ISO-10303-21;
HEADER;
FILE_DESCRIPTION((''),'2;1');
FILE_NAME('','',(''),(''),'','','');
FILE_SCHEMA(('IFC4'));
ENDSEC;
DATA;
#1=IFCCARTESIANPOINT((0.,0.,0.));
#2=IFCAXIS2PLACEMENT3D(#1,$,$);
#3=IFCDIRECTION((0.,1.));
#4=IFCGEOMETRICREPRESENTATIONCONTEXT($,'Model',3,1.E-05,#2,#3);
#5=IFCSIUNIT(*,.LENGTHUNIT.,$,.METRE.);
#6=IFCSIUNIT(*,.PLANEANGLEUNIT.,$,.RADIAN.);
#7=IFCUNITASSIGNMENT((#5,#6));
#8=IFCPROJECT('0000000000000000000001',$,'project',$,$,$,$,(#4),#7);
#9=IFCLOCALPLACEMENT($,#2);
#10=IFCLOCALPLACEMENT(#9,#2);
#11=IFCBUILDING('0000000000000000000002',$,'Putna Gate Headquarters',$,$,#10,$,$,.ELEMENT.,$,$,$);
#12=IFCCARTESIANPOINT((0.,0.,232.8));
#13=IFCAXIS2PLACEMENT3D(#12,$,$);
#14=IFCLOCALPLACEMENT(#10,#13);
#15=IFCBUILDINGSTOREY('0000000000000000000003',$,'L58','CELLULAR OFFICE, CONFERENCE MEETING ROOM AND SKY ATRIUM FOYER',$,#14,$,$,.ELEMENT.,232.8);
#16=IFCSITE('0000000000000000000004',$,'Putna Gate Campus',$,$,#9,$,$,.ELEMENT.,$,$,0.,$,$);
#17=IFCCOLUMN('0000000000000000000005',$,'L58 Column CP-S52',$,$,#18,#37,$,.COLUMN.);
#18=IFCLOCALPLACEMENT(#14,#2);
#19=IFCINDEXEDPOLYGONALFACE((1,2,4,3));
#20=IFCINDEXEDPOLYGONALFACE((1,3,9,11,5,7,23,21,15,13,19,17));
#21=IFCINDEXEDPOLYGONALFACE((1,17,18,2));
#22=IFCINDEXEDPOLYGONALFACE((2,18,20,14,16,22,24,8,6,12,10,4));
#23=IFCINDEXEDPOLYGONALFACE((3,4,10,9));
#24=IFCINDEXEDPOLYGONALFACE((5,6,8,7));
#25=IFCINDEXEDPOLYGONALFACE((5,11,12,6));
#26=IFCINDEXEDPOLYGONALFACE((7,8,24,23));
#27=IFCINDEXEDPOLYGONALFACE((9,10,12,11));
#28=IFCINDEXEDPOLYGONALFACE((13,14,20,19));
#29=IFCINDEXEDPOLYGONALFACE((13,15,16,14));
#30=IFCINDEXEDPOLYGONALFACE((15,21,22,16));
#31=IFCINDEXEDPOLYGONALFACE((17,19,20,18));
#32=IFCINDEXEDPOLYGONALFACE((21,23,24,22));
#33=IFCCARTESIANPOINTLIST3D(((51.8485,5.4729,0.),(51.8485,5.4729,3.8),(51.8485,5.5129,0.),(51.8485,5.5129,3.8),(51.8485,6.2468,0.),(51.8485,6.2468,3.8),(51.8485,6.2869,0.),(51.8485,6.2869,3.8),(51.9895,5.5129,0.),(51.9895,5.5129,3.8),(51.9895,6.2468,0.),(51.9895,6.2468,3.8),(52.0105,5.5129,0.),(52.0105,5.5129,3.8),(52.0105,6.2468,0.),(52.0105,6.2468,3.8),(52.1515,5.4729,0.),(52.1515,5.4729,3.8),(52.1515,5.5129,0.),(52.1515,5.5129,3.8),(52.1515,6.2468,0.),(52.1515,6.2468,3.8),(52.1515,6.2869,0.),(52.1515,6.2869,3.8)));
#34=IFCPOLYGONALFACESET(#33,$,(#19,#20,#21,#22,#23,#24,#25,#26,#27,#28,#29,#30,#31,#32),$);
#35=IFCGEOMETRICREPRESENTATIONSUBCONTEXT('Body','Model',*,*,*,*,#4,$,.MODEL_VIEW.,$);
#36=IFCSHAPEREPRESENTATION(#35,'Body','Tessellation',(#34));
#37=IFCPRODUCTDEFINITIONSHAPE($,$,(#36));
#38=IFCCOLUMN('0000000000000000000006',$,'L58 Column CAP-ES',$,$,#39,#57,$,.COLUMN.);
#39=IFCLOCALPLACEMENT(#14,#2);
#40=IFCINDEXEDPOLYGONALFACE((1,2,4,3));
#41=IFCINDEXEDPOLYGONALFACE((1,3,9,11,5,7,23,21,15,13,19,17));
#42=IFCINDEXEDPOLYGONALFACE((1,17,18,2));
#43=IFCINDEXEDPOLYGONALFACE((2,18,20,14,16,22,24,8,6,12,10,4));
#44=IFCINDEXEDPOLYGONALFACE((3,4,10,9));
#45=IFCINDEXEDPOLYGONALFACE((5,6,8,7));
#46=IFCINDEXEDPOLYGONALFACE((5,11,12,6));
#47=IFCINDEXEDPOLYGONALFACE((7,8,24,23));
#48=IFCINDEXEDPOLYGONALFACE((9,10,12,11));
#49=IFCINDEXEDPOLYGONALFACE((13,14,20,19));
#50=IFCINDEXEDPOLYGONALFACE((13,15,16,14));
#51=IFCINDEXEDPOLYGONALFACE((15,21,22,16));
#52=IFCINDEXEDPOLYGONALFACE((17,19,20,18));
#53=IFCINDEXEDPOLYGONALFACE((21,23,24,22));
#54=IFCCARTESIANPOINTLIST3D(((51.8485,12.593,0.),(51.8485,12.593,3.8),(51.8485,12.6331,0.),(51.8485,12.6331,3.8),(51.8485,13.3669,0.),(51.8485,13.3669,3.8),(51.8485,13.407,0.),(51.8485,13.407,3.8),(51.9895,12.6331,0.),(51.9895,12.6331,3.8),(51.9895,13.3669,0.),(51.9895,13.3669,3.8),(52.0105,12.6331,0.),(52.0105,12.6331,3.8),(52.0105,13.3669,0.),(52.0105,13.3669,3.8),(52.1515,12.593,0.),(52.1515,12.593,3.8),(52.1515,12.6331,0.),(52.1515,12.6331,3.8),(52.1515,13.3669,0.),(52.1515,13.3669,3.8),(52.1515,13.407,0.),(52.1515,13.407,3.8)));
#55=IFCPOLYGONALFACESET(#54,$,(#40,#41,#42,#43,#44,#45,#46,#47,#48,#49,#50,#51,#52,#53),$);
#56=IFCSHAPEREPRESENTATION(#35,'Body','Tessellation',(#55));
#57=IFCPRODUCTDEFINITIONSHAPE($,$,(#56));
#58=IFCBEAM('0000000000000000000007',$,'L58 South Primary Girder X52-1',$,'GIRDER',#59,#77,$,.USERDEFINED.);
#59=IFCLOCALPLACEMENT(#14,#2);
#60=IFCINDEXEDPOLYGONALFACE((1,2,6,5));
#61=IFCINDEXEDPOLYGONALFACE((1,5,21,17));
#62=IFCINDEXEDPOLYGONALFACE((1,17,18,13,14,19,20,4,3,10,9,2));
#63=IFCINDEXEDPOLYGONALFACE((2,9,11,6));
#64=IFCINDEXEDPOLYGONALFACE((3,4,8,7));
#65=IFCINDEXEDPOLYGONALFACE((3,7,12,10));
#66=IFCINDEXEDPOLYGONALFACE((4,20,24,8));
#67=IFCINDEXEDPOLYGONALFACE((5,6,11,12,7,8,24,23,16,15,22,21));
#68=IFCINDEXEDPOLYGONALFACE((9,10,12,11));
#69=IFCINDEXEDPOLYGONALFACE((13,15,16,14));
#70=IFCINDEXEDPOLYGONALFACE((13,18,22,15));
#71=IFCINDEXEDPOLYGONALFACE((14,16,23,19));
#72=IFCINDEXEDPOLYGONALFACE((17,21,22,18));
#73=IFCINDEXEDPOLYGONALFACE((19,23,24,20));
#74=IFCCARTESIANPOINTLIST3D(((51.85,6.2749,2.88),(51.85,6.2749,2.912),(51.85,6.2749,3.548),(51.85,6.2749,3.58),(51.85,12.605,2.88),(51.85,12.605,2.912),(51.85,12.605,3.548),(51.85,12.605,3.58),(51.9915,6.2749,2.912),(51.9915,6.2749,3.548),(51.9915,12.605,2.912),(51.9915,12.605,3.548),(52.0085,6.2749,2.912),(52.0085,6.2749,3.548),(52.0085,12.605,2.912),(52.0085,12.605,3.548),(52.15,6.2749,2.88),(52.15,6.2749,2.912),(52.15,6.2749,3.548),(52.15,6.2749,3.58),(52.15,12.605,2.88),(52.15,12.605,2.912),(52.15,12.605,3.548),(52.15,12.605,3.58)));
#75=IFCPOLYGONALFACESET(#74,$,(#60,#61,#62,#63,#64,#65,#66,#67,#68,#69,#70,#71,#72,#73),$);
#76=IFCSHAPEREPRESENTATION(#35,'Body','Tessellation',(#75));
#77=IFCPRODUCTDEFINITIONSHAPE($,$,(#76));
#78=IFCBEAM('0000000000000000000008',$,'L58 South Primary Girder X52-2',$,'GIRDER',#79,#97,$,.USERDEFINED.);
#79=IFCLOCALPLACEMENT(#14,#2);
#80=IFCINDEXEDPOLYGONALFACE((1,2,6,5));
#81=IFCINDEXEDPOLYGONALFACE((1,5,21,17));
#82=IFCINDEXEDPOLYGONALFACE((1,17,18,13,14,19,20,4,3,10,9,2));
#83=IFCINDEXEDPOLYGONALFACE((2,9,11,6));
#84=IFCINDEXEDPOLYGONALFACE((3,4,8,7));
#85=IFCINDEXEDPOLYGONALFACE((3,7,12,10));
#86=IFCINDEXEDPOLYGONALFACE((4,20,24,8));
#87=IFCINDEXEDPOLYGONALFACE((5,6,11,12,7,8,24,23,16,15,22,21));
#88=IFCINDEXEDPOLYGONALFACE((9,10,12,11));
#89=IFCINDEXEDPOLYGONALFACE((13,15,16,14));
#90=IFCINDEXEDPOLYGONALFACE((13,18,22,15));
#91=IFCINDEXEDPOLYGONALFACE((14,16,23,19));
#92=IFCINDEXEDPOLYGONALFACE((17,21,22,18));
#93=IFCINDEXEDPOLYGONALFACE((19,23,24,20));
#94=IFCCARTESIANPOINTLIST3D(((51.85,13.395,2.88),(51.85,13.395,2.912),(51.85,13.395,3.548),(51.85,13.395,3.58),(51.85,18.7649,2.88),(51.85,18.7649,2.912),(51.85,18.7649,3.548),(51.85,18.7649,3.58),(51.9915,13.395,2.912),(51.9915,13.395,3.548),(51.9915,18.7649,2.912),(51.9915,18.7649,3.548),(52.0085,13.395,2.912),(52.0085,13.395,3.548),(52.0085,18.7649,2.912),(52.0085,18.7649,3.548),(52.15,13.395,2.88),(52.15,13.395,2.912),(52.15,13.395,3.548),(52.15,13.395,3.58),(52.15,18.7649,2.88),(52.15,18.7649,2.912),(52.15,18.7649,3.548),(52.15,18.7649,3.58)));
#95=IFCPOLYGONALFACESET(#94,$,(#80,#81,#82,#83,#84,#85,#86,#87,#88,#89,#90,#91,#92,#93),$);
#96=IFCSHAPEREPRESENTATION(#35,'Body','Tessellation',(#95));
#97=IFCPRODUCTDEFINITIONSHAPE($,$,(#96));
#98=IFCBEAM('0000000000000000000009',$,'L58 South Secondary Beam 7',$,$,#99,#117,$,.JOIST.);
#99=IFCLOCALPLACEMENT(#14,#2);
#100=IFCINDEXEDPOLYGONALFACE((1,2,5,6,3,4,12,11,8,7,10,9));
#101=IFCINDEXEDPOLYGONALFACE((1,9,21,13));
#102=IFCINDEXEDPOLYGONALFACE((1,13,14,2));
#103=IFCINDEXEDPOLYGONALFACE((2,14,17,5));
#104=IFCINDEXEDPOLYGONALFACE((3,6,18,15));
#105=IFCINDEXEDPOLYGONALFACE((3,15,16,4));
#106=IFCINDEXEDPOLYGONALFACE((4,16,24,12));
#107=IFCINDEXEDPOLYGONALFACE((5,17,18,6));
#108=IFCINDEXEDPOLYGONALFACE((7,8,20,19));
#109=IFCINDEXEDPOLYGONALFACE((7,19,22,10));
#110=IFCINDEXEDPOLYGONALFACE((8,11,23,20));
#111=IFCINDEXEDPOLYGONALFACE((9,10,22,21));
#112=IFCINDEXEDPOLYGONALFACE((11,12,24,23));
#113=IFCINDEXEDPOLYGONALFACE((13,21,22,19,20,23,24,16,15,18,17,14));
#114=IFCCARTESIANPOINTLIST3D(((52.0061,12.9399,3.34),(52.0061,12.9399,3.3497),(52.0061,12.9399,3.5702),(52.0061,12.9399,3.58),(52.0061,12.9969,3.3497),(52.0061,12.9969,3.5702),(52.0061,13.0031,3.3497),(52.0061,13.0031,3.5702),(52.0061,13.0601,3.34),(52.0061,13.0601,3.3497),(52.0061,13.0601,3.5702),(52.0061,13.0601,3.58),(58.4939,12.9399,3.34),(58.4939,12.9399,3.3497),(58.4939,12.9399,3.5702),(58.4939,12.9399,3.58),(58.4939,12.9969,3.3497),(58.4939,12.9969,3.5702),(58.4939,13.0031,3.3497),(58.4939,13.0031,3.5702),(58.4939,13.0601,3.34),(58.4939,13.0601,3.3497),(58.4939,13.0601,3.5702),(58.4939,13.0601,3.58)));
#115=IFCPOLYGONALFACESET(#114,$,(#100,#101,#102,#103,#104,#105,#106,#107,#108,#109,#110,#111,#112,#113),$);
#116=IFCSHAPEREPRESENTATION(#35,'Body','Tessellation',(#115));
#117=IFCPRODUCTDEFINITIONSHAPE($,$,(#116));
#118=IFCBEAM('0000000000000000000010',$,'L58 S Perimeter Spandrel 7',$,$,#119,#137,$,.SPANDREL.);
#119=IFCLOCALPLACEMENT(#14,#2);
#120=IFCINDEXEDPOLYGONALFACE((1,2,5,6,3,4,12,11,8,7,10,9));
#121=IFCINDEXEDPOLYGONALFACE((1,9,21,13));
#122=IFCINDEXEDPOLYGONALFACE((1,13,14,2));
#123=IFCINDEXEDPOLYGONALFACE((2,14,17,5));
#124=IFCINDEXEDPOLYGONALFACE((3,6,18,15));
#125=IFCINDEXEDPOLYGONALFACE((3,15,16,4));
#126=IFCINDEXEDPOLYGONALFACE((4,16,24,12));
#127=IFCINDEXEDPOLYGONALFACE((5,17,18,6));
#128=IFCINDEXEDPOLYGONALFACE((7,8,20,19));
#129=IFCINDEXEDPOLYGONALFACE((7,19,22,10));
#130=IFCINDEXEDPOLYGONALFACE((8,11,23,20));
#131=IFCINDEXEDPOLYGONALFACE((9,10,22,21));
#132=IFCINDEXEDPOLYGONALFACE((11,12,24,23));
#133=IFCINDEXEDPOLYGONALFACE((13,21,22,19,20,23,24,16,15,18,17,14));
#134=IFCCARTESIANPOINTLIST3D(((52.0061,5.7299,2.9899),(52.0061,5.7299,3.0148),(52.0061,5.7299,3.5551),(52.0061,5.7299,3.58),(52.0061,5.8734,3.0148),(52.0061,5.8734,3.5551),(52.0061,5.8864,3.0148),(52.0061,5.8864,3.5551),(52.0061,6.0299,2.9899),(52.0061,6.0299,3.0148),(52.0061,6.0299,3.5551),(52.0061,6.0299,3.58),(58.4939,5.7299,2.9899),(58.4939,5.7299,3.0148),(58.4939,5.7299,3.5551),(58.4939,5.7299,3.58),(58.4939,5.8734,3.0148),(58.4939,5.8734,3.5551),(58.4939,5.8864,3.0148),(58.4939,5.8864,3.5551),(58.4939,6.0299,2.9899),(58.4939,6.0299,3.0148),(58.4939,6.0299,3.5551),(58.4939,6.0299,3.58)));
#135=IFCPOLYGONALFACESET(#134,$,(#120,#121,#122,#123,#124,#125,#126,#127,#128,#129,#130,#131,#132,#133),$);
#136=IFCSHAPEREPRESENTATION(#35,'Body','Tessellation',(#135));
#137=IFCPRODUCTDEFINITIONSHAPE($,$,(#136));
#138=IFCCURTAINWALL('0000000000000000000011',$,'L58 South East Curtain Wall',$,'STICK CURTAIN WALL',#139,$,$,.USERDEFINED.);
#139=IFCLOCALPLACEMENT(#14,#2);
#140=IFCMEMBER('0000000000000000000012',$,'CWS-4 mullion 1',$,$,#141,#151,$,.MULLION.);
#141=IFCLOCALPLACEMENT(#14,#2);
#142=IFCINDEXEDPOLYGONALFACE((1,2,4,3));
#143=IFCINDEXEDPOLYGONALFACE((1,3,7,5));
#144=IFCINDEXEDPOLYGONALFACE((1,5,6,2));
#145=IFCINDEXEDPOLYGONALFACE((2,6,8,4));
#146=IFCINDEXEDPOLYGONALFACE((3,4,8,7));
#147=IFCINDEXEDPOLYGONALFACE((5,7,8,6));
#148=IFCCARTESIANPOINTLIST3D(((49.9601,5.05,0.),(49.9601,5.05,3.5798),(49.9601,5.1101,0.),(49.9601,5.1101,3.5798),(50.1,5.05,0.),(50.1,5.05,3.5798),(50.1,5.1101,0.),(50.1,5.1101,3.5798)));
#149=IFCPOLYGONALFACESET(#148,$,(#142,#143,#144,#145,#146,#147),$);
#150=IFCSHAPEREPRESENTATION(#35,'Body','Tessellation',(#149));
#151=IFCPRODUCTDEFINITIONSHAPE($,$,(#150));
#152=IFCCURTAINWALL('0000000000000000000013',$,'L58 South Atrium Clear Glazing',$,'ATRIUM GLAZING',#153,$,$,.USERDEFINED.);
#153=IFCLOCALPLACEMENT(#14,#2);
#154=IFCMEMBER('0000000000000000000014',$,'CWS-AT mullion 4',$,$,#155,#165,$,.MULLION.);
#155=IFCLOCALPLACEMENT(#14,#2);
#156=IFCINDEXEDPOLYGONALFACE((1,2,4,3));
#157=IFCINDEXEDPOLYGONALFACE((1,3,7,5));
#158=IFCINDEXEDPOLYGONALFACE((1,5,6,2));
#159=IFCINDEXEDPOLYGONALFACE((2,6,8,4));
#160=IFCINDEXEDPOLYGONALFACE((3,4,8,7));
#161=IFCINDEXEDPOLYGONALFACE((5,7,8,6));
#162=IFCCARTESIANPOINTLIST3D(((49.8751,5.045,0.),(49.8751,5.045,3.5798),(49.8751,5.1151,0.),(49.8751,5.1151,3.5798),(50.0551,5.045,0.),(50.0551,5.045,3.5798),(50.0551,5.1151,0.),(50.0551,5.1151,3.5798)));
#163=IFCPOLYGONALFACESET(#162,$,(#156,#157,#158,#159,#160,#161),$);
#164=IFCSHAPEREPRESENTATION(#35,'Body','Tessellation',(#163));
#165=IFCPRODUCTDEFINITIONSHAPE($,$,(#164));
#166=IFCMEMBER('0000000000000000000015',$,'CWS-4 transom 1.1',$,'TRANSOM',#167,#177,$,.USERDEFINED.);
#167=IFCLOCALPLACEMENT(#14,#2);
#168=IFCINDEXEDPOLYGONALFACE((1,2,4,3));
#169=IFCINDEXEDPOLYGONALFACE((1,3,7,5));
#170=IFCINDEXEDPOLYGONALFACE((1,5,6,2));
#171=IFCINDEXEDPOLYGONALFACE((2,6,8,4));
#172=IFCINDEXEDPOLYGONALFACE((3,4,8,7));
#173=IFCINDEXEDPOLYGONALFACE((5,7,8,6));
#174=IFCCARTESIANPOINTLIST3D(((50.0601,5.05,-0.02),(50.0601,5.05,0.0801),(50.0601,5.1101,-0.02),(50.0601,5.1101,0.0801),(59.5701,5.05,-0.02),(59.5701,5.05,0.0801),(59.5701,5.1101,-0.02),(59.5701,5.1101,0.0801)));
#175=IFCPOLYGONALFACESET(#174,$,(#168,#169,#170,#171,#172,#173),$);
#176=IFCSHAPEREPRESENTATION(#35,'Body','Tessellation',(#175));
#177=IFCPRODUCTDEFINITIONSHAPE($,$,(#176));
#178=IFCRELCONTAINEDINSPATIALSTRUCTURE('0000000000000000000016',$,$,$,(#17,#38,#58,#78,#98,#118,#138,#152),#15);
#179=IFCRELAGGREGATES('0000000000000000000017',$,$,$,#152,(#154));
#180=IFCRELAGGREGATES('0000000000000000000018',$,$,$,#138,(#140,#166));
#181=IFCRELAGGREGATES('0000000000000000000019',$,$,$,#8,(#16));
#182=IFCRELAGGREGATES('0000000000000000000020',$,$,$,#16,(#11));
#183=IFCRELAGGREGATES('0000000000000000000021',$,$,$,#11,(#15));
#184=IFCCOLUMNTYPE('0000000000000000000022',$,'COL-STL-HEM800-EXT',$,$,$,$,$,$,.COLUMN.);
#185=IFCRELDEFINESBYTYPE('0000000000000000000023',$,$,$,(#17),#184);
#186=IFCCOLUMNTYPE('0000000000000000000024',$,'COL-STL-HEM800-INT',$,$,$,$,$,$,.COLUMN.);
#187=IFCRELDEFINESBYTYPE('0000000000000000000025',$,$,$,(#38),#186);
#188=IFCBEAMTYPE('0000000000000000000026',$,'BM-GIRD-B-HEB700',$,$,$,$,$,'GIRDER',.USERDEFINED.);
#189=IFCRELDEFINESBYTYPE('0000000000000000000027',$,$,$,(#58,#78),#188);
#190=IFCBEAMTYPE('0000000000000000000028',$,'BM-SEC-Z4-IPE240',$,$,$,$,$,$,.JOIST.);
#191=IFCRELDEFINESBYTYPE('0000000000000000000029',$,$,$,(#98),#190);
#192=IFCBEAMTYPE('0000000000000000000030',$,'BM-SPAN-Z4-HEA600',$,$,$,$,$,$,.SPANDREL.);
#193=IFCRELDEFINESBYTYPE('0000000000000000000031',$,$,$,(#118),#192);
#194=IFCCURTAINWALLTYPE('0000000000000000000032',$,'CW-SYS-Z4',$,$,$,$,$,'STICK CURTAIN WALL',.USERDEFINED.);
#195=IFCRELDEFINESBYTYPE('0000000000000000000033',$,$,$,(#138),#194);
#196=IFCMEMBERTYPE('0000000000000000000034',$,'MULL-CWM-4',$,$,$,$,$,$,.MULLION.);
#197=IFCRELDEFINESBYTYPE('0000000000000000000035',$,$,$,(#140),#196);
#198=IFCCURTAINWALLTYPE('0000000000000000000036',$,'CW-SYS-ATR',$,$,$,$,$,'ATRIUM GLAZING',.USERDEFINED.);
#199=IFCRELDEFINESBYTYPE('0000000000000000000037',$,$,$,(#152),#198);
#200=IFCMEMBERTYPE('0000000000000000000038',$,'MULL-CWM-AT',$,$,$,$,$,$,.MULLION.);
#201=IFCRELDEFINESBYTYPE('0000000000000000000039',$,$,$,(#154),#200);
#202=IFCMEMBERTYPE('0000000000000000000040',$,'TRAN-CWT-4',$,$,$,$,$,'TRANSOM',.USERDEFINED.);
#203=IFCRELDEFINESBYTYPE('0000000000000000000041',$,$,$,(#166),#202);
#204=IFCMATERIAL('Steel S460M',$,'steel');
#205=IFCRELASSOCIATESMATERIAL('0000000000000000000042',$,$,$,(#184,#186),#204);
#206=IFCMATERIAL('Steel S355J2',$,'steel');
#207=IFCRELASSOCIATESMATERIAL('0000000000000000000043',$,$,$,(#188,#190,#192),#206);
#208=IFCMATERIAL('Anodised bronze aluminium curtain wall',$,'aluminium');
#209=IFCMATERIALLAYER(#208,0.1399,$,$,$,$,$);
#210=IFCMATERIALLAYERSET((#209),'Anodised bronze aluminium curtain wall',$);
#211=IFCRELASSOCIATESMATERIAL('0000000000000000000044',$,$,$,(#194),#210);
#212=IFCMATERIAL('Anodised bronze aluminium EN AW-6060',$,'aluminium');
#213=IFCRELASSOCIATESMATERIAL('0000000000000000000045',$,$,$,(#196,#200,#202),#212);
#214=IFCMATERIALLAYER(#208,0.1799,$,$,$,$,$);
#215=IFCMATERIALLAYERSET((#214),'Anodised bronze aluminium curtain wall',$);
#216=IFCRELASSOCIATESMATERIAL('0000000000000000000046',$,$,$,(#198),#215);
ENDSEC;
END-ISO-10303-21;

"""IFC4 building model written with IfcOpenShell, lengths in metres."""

from ifc_helpers import new_model, si_unit, direction, frame, origin, origin_2d, place, context, subcontext, project, spatial, rectangle, i_section, extrude, material, layer, layer_set, material_profile, profile_set, type_object, element, aggregate, save


model = new_model("IFC4")

# Units and contexts
model_context = context("Model", 3, precision=1e-05, world=origin(), true_north=direction((0.0, 1.0)))
body_context = subcontext(model_context, "Body", "Model", "MODEL_VIEW")
ifc_project = project(units=[si_unit("LENGTHUNIT", "METRE"), si_unit("PLANEANGLEUNIT", "RADIAN")], contexts=[model_context])

# Site, building, storey
site_placement = place(None, origin())
site = spatial("IfcSite", under=ifc_project, at=site_placement, Name="Putna Gate Campus", CompositionType="ELEMENT", RefElevation=0.0)
building_placement = place(site_placement, origin())
building = spatial("IfcBuilding", under=site, at=building_placement, Name="Putna Gate Headquarters", CompositionType="ELEMENT")
storey_placement = place(building_placement, frame((0.0, 0.0, 232.8)))
storey = spatial("IfcBuildingStorey", under=building, at=storey_placement, Name="L58", Description="CELLULAR OFFICE, CONFERENCE MEETING ROOM AND SKY ATRIUM FOYER", CompositionType="ELEMENT", Elevation=232.8)

# Columns
ifc_material_1 = material(Name="Steel S460M", Category="steel")
ifc_material_profile_1 = material_profile(ifc_material_1, i_section(OverallWidth=0.303, OverallDepth=0.814, WebThickness=0.021, FlangeThickness=0.04, at=origin_2d()), Name="Steel S460M")
ifc_profile_set_1 = profile_set([ifc_material_profile_1], Name="Steel S460M")
column_type_1 = type_object("IfcColumnType", Name="COL-STL-HEM800-EXT", PredefinedType="COLUMN", material=ifc_profile_set_1)
column_1_placement = place(storey_placement, frame((52.0, 5.8799, 0.0), z_axis=(0.0, 0.0, 1.0), x_axis=(1.0, 0.0, 0.0)))
element("IfcColumn", 1, at=column_1_placement, inside=storey, type_object=column_type_1, Name="L58 Column CP-S52", PredefinedType="COLUMN", context=body_context, shape_type="SweptSolid", body=[
    extrude(i_section(OverallWidth=0.303, OverallDepth=0.814, WebThickness=0.021, FlangeThickness=0.04, at=origin_2d()), origin(), (0.0, 0.0, 1.0), 3.8),
])
ifc_material_profile_2 = material_profile(ifc_material_1, i_section(OverallWidth=0.303, OverallDepth=0.814, WebThickness=0.021, FlangeThickness=0.04, at=origin_2d()), Name="Steel S460M")
ifc_profile_set_2 = profile_set([ifc_material_profile_2], Name="Steel S460M")
column_type_2 = type_object("IfcColumnType", Name="COL-STL-HEM800-INT", PredefinedType="COLUMN", material=ifc_profile_set_2)
column_2_placement = place(storey_placement, frame((52.0, 13.0, 0.0), z_axis=(0.0, 0.0, 1.0), x_axis=(1.0, 0.0, 0.0)))
element("IfcColumn", 2, at=column_2_placement, inside=storey, type_object=column_type_2, Name="L58 Column CAP-ES", PredefinedType="COLUMN", context=body_context, shape_type="SweptSolid", body=[
    extrude(i_section(OverallWidth=0.303, OverallDepth=0.814, WebThickness=0.021, FlangeThickness=0.04, at=origin_2d()), origin(), (0.0, 0.0, 1.0), 3.8),
])

# Beams
ifc_material_2 = material(Name="Steel S355J2", Category="steel")
ifc_material_profile_3 = material_profile(ifc_material_2, i_section(OverallWidth=0.3, OverallDepth=0.7, WebThickness=0.0171, FlangeThickness=0.032, at=origin_2d()), Name="Steel S355J2")
ifc_profile_set_3 = profile_set([ifc_material_profile_3], Name="Steel S355J2")
beam_type_1 = type_object("IfcBeamType", Name="BM-GIRD-B-HEB700", ElementType="GIRDER", PredefinedType="USERDEFINED", material=ifc_profile_set_3)
beam_1_placement = place(storey_placement, frame((52.0, 6.2749, 3.23), z_axis=(0.0, 1.0, 0.0), x_axis=(-1.0, 0.0, 0.0)))
element("IfcBeam", 3, at=beam_1_placement, inside=storey, type_object=beam_type_1, Name="L58 South Primary Girder X52-1", ObjectType="GIRDER", PredefinedType="USERDEFINED", context=body_context, shape_type="SweptSolid", body=[
    extrude(i_section(OverallWidth=0.3, OverallDepth=0.7, WebThickness=0.0171, FlangeThickness=0.032, at=origin_2d()), origin(), (0.0, 0.0, 1.0), 6.3301),
])
beam_2_placement = place(storey_placement, frame((52.0, 13.395, 3.23), z_axis=(0.0, 1.0, 0.0), x_axis=(-1.0, 0.0, 0.0)))
element("IfcBeam", 4, at=beam_2_placement, inside=storey, type_object=beam_type_1, Name="L58 South Primary Girder X52-2", ObjectType="GIRDER", PredefinedType="USERDEFINED", context=body_context, shape_type="SweptSolid", body=[
    extrude(i_section(OverallWidth=0.3, OverallDepth=0.7, WebThickness=0.0171, FlangeThickness=0.032, at=origin_2d()), origin(), (0.0, 0.0, 1.0), 5.3699),
])
ifc_material_profile_4 = material_profile(ifc_material_2, i_section(OverallWidth=0.1201, OverallDepth=0.24, WebThickness=0.0061, FlangeThickness=0.0098, at=origin_2d()), Name="Steel S355J2")
ifc_profile_set_4 = profile_set([ifc_material_profile_4], Name="Steel S355J2")
beam_type_2 = type_object("IfcBeamType", Name="BM-SEC-Z4-IPE240", PredefinedType="JOIST", material=ifc_profile_set_4)
beam_3_placement = place(storey_placement, frame((52.0061, 13.0, 3.46), z_axis=(1.0, 0.0, 0.0), x_axis=(0.0, 1.0, 0.0)))
element("IfcBeam", 5, at=beam_3_placement, inside=storey, type_object=beam_type_2, Name="L58 South Secondary Beam 7", PredefinedType="JOIST", context=body_context, shape_type="SweptSolid", body=[
    extrude(i_section(OverallWidth=0.1201, OverallDepth=0.24, WebThickness=0.0061, FlangeThickness=0.0098, at=origin_2d()), origin(), (0.0, 0.0, 1.0), 6.4878),
])
ifc_material_profile_5 = material_profile(ifc_material_2, i_section(OverallWidth=0.3, OverallDepth=0.5901, WebThickness=0.0129, FlangeThickness=0.0249, at=origin_2d()), Name="Steel S355J2")
ifc_profile_set_5 = profile_set([ifc_material_profile_5], Name="Steel S355J2")
beam_type_3 = type_object("IfcBeamType", Name="BM-SPAN-Z4-HEA600", PredefinedType="SPANDREL", material=ifc_profile_set_5)
beam_4_placement = place(storey_placement, frame((52.0061, 5.8799, 3.2849), z_axis=(1.0, 0.0, 0.0), x_axis=(0.0, 1.0, 0.0)))
element("IfcBeam", 6, at=beam_4_placement, inside=storey, type_object=beam_type_3, Name="L58 S Perimeter Spandrel 7", PredefinedType="SPANDREL", context=body_context, shape_type="SweptSolid", body=[
    extrude(i_section(OverallWidth=0.3, OverallDepth=0.5901, WebThickness=0.0129, FlangeThickness=0.0249, at=origin_2d()), origin(), (0.0, 0.0, 1.0), 6.4878),
])

# Curtain walls, members
ifc_material_3 = material(Name="Anodised bronze aluminium curtain wall", Category="aluminium")
ifc_layer_1 = layer(ifc_material_3, 0.1399)
ifc_layer_set_1 = layer_set([ifc_layer_1], Name="Anodised bronze aluminium curtain wall")
curtain_wall_type_1 = type_object("IfcCurtainWallType", Name="CW-SYS-Z4", ElementType="STICK CURTAIN WALL", PredefinedType="USERDEFINED", material=ifc_layer_set_1)
curtain_wall_1_placement = place(storey_placement, origin())
curtain_wall_1 = element("IfcCurtainWall", 7, at=curtain_wall_1_placement, inside=storey, type_object=curtain_wall_type_1, Name="L58 South East Curtain Wall", ObjectType="STICK CURTAIN WALL", PredefinedType="USERDEFINED")
ifc_material_4 = material(Name="Anodised bronze aluminium EN AW-6060", Category="aluminium")
ifc_material_profile_6 = material_profile(ifc_material_4, rectangle(XDim=0.0601, YDim=0.1399, at=origin_2d()), Name="Anodised bronze aluminium EN AW-6060")
ifc_profile_set_6 = profile_set([ifc_material_profile_6], Name="Anodised bronze aluminium EN AW-6060")
member_type_1 = type_object("IfcMemberType", Name="MULL-CWM-4", PredefinedType="MULLION", material=ifc_profile_set_6)
member_1_placement = place(storey_placement, frame((50.03, 5.0801, 0.0), z_axis=(0.0, 0.0, 1.0), x_axis=(0.0, 1.0, 0.0)))
member_1 = element("IfcMember", 8, at=member_1_placement, type_object=member_type_1, Name="CWS-4 mullion 1", PredefinedType="MULLION", context=body_context, shape_type="SweptSolid", body=[
    extrude(rectangle(XDim=0.0601, YDim=0.1399, at=origin_2d()), origin(), (0.0, 0.0, 1.0), 3.5798),
])
ifc_layer_2 = layer(ifc_material_3, 0.1799)
ifc_layer_set_2 = layer_set([ifc_layer_2], Name="Anodised bronze aluminium curtain wall")
curtain_wall_type_2 = type_object("IfcCurtainWallType", Name="CW-SYS-ATR", ElementType="ATRIUM GLAZING", PredefinedType="USERDEFINED", material=ifc_layer_set_2)
curtain_wall_2_placement = place(storey_placement, origin())
curtain_wall_2 = element("IfcCurtainWall", 9, at=curtain_wall_2_placement, inside=storey, type_object=curtain_wall_type_2, Name="L58 South Atrium Clear Glazing", ObjectType="ATRIUM GLAZING", PredefinedType="USERDEFINED")
ifc_material_profile_7 = material_profile(ifc_material_4, rectangle(XDim=0.0701, YDim=0.1799, at=origin_2d()), Name="Anodised bronze aluminium EN AW-6060")
ifc_profile_set_7 = profile_set([ifc_material_profile_7], Name="Anodised bronze aluminium EN AW-6060")
member_type_2 = type_object("IfcMemberType", Name="MULL-CWM-AT", PredefinedType="MULLION", material=ifc_profile_set_7)
member_2_placement = place(storey_placement, frame((49.9651, 5.0801, 0.0), z_axis=(0.0, 0.0, 1.0), x_axis=(0.0, 1.0, 0.0)))
member_2 = element("IfcMember", 10, at=member_2_placement, type_object=member_type_2, Name="CWS-AT mullion 4", PredefinedType="MULLION", context=body_context, shape_type="SweptSolid", body=[
    extrude(rectangle(XDim=0.0701, YDim=0.1799, at=origin_2d()), origin(), (0.0, 0.0, 1.0), 3.5798),
])
aggregate(curtain_wall_2, [member_2])

# Member
ifc_material_profile_8 = material_profile(ifc_material_4, rectangle(XDim=0.0601, YDim=0.1001, at=origin_2d()), Name="Anodised bronze aluminium EN AW-6060")
ifc_profile_set_8 = profile_set([ifc_material_profile_8], Name="Anodised bronze aluminium EN AW-6060")
member_type_3 = type_object("IfcMemberType", Name="TRAN-CWT-4", ElementType="TRANSOM", PredefinedType="USERDEFINED", material=ifc_profile_set_8)
member_3_placement = place(storey_placement, frame((50.0601, 5.0801, 0.03), z_axis=(1.0, 0.0, 0.0), x_axis=(0.0, 1.0, 0.0)))
member_3 = element("IfcMember", 11, at=member_3_placement, type_object=member_type_3, Name="CWS-4 transom 1.1", ObjectType="TRANSOM", PredefinedType="USERDEFINED", context=body_context, shape_type="SweptSolid", body=[
    extrude(rectangle(XDim=0.0601, YDim=0.1001, at=origin_2d()), origin(), (0.0, 0.0, 1.0), 9.51),
])

aggregate(curtain_wall_1, [member_1, member_3])

save(model, "model.ifc")
